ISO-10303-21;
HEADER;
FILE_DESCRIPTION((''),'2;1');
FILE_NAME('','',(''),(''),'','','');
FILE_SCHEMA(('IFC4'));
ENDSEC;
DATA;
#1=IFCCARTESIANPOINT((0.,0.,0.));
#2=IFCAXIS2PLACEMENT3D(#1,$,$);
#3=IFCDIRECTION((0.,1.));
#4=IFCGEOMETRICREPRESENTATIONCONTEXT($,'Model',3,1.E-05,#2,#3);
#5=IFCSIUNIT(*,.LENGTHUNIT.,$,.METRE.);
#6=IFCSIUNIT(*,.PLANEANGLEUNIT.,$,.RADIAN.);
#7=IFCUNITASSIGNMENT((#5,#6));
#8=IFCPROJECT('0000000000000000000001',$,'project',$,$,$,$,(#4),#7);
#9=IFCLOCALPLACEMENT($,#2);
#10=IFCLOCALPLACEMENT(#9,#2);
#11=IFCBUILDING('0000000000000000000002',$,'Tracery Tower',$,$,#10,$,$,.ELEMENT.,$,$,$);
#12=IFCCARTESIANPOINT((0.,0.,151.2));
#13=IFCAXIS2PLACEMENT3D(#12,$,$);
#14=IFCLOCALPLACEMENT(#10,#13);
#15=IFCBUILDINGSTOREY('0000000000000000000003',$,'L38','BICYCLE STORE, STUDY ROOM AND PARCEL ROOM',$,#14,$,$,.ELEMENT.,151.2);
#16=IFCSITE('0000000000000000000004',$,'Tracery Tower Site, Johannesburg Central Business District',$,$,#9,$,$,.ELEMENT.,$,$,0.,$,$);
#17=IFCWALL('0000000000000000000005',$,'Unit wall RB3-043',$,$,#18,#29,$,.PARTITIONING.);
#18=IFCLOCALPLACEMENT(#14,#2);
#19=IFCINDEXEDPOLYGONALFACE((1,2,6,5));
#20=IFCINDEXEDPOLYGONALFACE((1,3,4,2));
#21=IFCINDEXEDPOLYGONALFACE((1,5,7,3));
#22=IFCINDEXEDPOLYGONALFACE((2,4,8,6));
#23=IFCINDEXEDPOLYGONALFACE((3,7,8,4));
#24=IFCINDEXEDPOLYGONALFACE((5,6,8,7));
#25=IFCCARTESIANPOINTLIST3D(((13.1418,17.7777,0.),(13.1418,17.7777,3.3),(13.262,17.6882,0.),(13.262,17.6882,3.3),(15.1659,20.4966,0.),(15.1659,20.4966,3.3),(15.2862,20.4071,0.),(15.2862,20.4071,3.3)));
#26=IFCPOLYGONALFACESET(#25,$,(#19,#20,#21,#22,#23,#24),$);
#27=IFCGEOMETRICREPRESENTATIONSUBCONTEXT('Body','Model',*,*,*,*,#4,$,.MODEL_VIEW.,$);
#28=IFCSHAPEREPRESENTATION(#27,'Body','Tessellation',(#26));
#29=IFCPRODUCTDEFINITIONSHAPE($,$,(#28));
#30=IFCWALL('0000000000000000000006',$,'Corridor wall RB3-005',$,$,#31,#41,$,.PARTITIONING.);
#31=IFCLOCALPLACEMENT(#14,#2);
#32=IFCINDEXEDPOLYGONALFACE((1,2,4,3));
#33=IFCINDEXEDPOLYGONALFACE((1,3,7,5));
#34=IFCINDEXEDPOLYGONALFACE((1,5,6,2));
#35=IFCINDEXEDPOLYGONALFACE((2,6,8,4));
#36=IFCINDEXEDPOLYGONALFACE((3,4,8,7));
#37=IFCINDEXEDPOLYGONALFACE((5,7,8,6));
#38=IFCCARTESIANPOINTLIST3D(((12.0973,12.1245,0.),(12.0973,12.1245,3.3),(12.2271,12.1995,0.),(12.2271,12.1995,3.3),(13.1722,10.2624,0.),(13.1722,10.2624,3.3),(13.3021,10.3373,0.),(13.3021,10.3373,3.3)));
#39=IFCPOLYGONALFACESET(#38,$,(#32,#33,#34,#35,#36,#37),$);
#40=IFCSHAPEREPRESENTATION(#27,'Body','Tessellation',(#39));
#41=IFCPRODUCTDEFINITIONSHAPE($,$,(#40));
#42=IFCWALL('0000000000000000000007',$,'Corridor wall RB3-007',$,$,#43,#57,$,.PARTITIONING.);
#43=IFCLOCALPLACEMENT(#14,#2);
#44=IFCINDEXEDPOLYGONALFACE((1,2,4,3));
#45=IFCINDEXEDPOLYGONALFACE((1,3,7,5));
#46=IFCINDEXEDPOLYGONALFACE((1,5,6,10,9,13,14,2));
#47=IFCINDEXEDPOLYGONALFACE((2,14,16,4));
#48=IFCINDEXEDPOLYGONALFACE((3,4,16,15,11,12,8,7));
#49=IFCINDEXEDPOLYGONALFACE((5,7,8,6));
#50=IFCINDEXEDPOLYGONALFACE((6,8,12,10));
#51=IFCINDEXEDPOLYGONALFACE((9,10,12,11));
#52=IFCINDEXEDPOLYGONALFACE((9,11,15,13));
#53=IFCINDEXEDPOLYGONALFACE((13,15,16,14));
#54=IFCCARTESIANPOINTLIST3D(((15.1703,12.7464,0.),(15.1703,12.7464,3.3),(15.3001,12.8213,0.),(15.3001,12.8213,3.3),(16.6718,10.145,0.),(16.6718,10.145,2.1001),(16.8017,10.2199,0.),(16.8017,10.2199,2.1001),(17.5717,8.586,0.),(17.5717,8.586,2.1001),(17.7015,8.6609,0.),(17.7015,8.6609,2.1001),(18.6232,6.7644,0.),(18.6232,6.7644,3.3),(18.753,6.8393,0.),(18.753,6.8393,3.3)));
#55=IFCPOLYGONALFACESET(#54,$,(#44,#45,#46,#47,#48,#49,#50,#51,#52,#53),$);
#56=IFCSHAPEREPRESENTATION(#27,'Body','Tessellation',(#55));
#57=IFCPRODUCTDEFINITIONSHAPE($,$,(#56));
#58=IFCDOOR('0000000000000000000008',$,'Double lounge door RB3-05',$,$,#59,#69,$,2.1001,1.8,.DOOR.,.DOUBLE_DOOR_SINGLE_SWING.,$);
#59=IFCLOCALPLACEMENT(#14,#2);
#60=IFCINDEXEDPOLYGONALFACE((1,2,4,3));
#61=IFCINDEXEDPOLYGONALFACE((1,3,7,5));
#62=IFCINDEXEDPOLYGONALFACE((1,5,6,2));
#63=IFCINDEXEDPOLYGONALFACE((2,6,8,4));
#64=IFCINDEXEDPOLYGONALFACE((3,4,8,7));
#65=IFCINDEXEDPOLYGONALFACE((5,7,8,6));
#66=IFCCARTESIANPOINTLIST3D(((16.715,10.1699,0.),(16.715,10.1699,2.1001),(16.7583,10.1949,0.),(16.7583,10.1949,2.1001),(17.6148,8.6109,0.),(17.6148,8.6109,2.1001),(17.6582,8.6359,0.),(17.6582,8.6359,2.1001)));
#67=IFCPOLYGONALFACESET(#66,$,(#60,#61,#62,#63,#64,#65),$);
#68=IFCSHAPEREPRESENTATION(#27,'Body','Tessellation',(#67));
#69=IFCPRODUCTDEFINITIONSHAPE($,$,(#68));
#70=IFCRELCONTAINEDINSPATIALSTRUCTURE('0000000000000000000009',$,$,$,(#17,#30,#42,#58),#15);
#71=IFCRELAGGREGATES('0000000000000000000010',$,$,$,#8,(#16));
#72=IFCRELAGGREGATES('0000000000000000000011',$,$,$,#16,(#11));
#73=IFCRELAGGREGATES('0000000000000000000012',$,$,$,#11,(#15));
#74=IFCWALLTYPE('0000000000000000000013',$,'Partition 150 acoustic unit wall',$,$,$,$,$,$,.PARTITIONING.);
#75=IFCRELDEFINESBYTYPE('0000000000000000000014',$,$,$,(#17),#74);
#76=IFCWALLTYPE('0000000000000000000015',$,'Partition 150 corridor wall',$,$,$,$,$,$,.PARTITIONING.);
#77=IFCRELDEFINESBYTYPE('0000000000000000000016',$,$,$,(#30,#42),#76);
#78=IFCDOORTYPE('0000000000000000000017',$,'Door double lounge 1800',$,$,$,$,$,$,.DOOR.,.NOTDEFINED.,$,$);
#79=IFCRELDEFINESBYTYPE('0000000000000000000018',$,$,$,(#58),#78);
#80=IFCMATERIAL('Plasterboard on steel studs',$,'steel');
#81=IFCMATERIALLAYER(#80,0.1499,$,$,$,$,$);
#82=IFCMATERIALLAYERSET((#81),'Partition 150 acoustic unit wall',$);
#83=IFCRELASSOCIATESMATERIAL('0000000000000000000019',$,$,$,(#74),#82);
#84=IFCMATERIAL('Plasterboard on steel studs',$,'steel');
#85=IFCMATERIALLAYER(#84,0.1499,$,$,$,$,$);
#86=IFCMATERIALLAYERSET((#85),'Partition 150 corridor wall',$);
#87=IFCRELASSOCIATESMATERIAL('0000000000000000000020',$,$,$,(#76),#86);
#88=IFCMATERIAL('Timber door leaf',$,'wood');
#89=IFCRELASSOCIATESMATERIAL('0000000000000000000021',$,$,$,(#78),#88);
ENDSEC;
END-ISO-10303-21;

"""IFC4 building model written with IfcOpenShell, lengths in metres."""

from ifc_helpers import new_model, si_unit, direction, frame, frame_2d, origin, place, context, subcontext, project, spatial, rectangle, extrude, material, layer, layer_set, type_object, element, fill, save


model = new_model("IFC4")

# Units and contexts
model_context = context("Model", 3, precision=1e-05, world=origin(), true_north=direction((0.0, 1.0)))
body_context = subcontext(model_context, "Body", "Model", "MODEL_VIEW")
ifc_project = project(units=[si_unit("LENGTHUNIT", "METRE"), si_unit("PLANEANGLEUNIT", "RADIAN")], contexts=[model_context])

# Site, building, storey
site_placement = place(None, origin())
site = spatial("IfcSite", under=ifc_project, at=site_placement, Name="Tracery Tower Site, Johannesburg Central Business District", CompositionType="ELEMENT", RefElevation=0.0)
building_placement = place(site_placement, origin())
building = spatial("IfcBuilding", under=site, at=building_placement, Name="Tracery Tower", CompositionType="ELEMENT")
storey_placement = place(building_placement, frame((0.0, 0.0, 151.2)))
storey = spatial("IfcBuildingStorey", under=building, at=storey_placement, Name="L38", Description="BICYCLE STORE, STUDY ROOM AND PARCEL ROOM", CompositionType="ELEMENT", Elevation=151.2)

# Walls
ifc_material_1 = material(Name="Plasterboard on steel studs", Category="steel")
ifc_layer_1 = layer(ifc_material_1, 0.1499)
ifc_layer_set_1 = layer_set([ifc_layer_1], Name="Partition 150 acoustic unit wall")
wall_type_1 = type_object("IfcWallType", Name="Partition 150 acoustic unit wall", PredefinedType="PARTITIONING", material=ifc_layer_set_1)
wall_1_placement = place(storey_placement, frame((13.2019, 17.7329, 0.0), z_axis=(0.0, 0.0, 1.0), x_axis=(0.59715, 0.80213, 0.0)))
element("IfcWall", 1, at=wall_1_placement, inside=storey, type_object=wall_type_1, Name="Unit wall RB3-043", PredefinedType="PARTITIONING", context=body_context, shape_type="SweptSolid", body=[
    extrude(rectangle(XDim=3.3896, YDim=0.1499, at=frame_2d((1.6948, 0.0))), origin(), (0.0, 0.0, 1.0), 3.3),
])
ifc_material_2 = material(Name="Plasterboard on steel studs", Category="steel")
ifc_layer_2 = layer(ifc_material_2, 0.1499)
ifc_layer_set_2 = layer_set([ifc_layer_2], Name="Partition 150 corridor wall")
wall_type_2 = type_object("IfcWallType", Name="Partition 150 corridor wall", PredefinedType="PARTITIONING", material=ifc_layer_set_2)
wall_2_placement = place(storey_placement, frame((12.1621, 12.1621, 0.0), z_axis=(0.0, 0.0, 1.0), x_axis=(0.499962, -0.866048, 0.0)))
element("IfcWall", 2, at=wall_2_placement, inside=storey, type_object=wall_type_2, Name="Corridor wall RB3-005", PredefinedType="PARTITIONING", context=body_context, shape_type="SweptSolid", body=[
    extrude(rectangle(XDim=2.1501, YDim=0.1499, at=frame_2d((1.0752, 0.0))), origin(), (0.0, 0.0, 1.0), 3.3),
])

# Wall, opening, door
wall_3_placement = place(storey_placement, frame((15.2351, 12.7839, 0.0), z_axis=(0.0, 0.0, 1.0), x_axis=(0.499914, -0.866075, 0.0)))
wall_3 = element("IfcWall", 3, at=wall_3_placement, inside=storey, type_object=wall_type_2, Name="Corridor wall RB3-007", PredefinedType="PARTITIONING", context=body_context, shape_type="SweptSolid", body=[
    extrude(rectangle(XDim=6.907, YDim=0.1499, at=frame_2d((3.4536, 0.0))), origin(), (0.0, 0.0, 1.0), 3.3),
])
opening_1_placement = place(wall_3_placement, frame((3.0039, 0.0, 0.0)))
opening_1 = element("IfcOpeningElement", 4, at=opening_1_placement, cuts=wall_3, PredefinedType="OPENING", context=body_context, shape_type="SweptSolid", body=[
    extrude(rectangle(XDim=1.8, YDim=2.1001, at=frame_2d((0.8999, 1.05))), frame((0.0, 0.075, 0.0), z_axis=(0.0, -1.0, 0.0), x_axis=(1.0, 0.0, 0.0)), (0.0, 0.0, 1.0), 0.1499),
])
ifc_material_3 = material(Name="Timber door leaf", Category="wood")
door_type_1 = type_object("IfcDoorType", Name="Door double lounge 1800", OperationType="NOTDEFINED", PredefinedType="DOOR", material=ifc_material_3)
door_1_placement = place(opening_1_placement, origin())
door_1 = element("IfcDoor", 5, at=door_1_placement, inside=storey, type_object=door_type_1, Name="Double lounge door RB3-05", OperationType="DOUBLE_DOOR_SINGLE_SWING", OverallHeight=2.1001, OverallWidth=1.8, PredefinedType="DOOR", context=body_context, shape_type="SweptSolid", body=[
    extrude(rectangle(XDim=1.8, YDim=2.1001, at=frame_2d((0.8999, 1.05))), frame((0.0, 0.0249, 0.0), z_axis=(0.0, -1.0, 0.0), x_axis=(1.0, 0.0, 0.0)), (0.0, 0.0, 1.0), 0.05),
])
fill(opening_1, door_1)

save(model, "model.ifc")
